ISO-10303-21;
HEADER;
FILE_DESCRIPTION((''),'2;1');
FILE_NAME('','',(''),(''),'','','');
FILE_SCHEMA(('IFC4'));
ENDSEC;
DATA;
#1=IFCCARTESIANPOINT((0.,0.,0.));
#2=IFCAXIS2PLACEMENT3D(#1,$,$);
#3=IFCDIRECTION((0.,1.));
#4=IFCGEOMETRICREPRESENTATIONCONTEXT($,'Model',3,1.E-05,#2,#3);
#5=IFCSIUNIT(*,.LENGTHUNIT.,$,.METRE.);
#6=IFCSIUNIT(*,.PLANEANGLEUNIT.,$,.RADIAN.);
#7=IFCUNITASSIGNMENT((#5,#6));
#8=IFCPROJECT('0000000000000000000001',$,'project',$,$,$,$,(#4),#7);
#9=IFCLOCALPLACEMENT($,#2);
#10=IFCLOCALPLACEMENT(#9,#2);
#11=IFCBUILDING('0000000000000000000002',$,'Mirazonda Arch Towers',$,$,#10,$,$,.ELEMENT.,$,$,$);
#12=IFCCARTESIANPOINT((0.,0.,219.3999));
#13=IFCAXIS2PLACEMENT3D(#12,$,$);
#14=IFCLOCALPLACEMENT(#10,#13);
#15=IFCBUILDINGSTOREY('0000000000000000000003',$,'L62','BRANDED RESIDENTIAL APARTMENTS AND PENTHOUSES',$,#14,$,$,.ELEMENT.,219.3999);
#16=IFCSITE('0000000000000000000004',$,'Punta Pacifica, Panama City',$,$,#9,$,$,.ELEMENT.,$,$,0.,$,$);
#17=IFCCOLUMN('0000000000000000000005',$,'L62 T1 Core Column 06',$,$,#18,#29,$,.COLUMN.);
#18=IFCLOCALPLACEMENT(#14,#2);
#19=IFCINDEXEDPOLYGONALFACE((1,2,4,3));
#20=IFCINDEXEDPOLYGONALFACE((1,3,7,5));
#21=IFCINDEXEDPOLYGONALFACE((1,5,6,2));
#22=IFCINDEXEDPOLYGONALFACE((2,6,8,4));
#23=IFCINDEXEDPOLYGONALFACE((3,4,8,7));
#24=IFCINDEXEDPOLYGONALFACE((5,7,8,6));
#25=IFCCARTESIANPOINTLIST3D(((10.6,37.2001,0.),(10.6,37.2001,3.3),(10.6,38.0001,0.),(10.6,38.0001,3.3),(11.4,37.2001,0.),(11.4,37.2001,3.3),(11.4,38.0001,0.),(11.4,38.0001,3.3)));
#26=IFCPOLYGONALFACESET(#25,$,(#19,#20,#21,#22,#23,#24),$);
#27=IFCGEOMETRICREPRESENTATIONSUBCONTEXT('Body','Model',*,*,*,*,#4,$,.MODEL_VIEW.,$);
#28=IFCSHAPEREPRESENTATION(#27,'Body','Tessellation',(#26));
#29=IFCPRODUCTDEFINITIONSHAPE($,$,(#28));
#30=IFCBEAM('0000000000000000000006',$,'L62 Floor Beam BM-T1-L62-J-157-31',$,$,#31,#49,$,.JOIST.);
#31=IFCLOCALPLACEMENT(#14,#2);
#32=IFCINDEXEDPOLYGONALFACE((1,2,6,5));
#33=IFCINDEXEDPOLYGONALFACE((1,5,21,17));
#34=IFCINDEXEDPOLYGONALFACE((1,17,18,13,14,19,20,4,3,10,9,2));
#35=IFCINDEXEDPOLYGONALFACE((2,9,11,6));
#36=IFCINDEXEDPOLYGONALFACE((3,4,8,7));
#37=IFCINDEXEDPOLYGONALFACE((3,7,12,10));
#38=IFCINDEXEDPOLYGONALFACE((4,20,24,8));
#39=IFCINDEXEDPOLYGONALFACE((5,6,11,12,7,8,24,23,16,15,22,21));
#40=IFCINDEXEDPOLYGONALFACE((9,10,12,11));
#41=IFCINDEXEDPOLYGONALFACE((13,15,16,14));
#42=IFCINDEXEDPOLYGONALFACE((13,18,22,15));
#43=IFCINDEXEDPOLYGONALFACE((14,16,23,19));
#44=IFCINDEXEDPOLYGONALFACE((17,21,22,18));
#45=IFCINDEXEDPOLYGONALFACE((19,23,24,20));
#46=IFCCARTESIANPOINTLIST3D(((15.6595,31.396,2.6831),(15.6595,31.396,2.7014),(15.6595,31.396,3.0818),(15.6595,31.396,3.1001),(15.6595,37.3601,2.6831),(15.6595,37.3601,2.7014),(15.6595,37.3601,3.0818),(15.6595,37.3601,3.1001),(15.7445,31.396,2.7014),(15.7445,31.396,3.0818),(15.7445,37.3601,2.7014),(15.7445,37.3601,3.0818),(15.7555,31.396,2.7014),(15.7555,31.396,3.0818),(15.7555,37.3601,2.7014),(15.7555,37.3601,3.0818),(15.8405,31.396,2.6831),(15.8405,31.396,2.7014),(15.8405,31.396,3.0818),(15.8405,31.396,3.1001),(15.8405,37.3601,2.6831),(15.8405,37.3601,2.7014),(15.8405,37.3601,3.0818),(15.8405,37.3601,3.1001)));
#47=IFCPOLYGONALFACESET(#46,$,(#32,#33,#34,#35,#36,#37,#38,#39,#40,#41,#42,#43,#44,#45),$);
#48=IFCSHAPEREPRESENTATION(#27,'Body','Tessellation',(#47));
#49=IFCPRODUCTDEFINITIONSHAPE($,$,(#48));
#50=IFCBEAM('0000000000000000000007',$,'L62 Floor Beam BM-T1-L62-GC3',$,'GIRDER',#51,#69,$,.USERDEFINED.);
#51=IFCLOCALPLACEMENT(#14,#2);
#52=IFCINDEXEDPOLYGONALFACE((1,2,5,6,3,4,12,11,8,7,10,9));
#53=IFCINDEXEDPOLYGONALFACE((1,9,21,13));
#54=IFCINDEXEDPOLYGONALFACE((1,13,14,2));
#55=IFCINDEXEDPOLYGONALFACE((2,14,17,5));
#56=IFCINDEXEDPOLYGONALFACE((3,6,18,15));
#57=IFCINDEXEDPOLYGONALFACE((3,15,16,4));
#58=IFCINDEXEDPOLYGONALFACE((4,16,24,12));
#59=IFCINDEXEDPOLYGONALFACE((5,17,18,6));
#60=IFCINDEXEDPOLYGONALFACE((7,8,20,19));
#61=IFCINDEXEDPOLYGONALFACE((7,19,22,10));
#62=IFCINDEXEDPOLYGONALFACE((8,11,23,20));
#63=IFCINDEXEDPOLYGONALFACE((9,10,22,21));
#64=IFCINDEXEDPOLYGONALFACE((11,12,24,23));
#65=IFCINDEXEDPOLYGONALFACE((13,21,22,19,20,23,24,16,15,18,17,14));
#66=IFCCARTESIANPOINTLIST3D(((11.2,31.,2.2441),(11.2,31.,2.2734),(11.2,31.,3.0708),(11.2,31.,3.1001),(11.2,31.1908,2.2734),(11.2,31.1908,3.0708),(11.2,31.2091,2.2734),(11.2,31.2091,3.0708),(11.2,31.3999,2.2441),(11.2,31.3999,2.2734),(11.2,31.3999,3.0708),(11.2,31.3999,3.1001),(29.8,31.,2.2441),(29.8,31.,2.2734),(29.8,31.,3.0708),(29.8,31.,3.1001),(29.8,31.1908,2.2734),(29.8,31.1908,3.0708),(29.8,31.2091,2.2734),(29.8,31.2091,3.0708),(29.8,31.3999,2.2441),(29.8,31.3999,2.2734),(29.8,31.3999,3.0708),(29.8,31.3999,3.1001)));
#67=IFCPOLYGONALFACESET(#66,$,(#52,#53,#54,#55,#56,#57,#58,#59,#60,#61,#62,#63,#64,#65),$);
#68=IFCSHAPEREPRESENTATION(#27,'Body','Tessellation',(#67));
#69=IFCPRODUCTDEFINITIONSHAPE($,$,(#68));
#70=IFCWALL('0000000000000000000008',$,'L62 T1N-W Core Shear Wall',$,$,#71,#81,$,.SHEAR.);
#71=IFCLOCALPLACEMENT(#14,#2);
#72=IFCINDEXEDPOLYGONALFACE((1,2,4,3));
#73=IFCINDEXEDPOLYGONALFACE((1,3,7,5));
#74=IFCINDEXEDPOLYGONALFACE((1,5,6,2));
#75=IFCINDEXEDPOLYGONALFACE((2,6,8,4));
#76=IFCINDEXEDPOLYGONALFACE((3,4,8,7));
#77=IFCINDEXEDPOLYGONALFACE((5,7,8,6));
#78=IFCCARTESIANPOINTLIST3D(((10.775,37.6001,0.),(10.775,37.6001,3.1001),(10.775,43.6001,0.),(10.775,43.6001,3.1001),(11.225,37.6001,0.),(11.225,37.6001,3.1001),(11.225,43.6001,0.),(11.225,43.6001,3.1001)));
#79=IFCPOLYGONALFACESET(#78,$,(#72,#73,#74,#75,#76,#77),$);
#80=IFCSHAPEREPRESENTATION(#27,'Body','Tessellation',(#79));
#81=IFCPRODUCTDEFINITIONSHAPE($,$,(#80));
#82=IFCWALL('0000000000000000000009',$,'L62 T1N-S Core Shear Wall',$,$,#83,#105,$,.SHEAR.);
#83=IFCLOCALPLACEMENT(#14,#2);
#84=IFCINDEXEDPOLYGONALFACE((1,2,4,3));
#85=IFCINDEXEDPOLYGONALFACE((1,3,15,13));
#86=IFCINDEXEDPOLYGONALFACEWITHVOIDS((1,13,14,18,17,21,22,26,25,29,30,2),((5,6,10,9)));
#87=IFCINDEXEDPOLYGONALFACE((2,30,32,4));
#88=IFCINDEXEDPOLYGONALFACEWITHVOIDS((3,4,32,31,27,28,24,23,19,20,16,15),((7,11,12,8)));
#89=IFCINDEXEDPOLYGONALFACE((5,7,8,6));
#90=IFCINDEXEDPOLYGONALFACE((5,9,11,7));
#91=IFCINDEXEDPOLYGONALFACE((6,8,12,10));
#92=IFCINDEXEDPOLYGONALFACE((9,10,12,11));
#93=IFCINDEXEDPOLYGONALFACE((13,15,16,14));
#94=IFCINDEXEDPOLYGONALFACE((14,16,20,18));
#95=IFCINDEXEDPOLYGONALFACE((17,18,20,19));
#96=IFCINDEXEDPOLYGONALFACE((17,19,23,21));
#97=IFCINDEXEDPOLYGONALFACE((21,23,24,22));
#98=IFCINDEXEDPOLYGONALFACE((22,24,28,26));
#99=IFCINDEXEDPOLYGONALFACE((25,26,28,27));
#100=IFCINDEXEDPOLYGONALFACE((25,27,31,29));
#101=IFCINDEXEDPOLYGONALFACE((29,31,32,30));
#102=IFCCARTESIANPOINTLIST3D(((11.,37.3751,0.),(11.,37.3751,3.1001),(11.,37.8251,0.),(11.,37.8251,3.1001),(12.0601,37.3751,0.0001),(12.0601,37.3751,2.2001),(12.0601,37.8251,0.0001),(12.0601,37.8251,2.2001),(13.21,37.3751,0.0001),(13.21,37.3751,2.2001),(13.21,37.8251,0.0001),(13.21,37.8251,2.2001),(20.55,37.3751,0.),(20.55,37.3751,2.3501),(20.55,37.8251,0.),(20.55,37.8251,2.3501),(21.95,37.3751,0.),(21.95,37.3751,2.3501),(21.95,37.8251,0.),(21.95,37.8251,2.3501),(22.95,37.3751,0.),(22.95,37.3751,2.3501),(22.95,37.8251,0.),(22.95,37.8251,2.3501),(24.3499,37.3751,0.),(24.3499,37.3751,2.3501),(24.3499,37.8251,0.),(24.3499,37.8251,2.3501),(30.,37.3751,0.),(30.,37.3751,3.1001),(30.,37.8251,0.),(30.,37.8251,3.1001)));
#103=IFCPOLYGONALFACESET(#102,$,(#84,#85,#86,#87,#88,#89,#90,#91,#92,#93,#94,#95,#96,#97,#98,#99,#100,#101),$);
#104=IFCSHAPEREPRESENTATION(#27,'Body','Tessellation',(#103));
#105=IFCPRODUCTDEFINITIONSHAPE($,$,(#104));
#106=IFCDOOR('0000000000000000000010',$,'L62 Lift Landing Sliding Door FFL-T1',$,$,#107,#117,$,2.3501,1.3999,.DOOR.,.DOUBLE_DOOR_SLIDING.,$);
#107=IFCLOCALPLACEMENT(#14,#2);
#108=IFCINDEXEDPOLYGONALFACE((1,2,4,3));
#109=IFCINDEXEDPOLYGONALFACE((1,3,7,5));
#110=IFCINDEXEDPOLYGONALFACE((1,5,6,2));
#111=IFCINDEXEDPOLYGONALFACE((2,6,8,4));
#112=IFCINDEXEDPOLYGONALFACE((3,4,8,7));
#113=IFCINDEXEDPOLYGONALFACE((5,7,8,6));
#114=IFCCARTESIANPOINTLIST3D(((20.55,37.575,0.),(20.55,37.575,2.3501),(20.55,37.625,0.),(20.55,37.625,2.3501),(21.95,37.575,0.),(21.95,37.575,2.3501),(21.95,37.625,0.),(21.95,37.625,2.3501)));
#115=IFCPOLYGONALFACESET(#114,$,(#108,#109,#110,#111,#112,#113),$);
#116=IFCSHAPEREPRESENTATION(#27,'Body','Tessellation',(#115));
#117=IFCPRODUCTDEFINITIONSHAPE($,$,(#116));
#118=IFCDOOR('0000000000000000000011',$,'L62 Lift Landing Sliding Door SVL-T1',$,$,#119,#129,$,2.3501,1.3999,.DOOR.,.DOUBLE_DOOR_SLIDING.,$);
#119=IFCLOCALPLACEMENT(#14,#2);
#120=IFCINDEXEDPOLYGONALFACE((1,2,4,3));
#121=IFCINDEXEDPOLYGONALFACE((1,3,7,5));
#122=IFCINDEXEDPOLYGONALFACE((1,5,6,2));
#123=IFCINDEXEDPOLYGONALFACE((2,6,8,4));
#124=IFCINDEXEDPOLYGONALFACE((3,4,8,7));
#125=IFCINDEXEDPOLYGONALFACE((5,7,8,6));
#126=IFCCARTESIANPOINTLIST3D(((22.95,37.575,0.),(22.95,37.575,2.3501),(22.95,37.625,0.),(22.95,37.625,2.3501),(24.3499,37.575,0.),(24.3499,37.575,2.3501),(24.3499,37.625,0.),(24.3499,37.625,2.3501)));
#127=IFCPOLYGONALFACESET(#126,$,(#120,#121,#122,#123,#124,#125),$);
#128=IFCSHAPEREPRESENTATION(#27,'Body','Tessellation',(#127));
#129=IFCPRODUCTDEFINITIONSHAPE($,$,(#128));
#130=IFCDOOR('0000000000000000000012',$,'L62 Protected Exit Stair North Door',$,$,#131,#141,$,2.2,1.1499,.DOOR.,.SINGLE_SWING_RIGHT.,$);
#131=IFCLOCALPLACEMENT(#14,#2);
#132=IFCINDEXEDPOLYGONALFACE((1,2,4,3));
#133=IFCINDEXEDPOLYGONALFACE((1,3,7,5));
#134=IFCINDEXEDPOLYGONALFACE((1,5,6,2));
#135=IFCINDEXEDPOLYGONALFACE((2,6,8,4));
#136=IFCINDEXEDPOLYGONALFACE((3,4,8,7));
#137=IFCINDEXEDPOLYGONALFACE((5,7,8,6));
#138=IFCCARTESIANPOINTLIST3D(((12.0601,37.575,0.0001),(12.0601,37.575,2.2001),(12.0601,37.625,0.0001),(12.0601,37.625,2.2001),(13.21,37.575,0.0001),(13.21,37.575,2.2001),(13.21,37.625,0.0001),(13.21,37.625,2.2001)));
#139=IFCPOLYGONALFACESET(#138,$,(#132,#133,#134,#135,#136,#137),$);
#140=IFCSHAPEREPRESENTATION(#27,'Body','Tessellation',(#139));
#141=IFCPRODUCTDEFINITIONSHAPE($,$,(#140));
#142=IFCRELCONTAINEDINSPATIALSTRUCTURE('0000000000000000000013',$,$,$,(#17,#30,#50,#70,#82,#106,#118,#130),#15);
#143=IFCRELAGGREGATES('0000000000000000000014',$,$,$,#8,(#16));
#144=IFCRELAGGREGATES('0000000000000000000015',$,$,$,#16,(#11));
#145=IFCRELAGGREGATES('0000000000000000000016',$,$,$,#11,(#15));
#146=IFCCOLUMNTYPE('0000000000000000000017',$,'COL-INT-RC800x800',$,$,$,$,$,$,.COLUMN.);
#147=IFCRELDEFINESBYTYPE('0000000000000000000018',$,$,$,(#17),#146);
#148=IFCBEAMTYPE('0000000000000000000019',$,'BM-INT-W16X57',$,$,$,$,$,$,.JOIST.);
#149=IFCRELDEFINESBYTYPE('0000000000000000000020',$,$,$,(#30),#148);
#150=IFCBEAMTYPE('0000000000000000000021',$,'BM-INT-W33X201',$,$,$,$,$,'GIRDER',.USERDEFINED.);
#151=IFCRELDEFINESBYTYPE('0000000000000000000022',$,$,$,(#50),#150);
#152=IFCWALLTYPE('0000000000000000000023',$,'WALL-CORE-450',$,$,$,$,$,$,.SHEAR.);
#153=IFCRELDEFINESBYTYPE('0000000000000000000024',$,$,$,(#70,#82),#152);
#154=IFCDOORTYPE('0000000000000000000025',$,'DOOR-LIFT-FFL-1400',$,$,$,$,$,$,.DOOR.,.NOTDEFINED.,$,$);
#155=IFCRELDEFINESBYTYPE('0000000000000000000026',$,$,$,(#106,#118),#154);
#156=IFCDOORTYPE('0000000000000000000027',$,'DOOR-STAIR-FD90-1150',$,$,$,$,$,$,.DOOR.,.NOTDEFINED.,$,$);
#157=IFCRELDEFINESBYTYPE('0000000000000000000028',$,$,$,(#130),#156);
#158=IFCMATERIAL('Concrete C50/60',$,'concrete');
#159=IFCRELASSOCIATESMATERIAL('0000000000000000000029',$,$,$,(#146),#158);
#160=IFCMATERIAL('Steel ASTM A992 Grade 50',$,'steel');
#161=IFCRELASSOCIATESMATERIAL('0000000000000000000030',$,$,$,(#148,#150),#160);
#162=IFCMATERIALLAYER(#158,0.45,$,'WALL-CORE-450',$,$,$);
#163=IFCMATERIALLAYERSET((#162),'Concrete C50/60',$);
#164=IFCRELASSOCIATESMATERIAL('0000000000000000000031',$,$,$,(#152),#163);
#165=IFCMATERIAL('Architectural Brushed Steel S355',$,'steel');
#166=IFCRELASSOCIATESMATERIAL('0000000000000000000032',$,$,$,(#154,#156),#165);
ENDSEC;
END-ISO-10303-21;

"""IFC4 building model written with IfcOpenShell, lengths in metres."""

from ifc_helpers import new_model, si_unit, direction, frame, frame_2d, origin, origin_2d, place, context, subcontext, project, spatial, rectangle, i_section, extrude, material, layer, layer_set, material_profile, profile_set, type_object, element, fill, save


model = new_model("IFC4")

# Units and contexts
model_context = context("Model", 3, precision=1e-05, world=origin(), true_north=direction((0.0, 1.0)))
body_context = subcontext(model_context, "Body", "Model", "MODEL_VIEW")
ifc_project = project(units=[si_unit("LENGTHUNIT", "METRE"), si_unit("PLANEANGLEUNIT", "RADIAN")], contexts=[model_context])

# Site, building, storey
site_placement = place(None, origin())
site = spatial("IfcSite", under=ifc_project, at=site_placement, Name="Punta Pacifica, Panama City", CompositionType="ELEMENT", RefElevation=0.0)
building_placement = place(site_placement, origin())
building = spatial("IfcBuilding", under=site, at=building_placement, Name="Mirazonda Arch Towers", CompositionType="ELEMENT")
storey_placement = place(building_placement, frame((0.0, 0.0, 219.3999)))
storey = spatial("IfcBuildingStorey", under=building, at=storey_placement, Name="L62", Description="BRANDED RESIDENTIAL APARTMENTS AND PENTHOUSES", CompositionType="ELEMENT", Elevation=219.3999)

# Column
ifc_material_1 = material(Name="Concrete C50/60", Category="concrete")
ifc_material_profile_1 = material_profile(ifc_material_1, rectangle(XDim=0.8, YDim=0.8, at=origin_2d()), Name="RC800x800")
ifc_profile_set_1 = profile_set([ifc_material_profile_1], Name="Concrete C50/60")
column_type = type_object("IfcColumnType", Name="COL-INT-RC800x800", PredefinedType="COLUMN", material=ifc_profile_set_1)
column_placement = place(storey_placement, frame((11.0, 37.6001, 0.0), z_axis=(0.0, 0.0, 1.0), x_axis=(1.0, 0.0, 0.0)))
element("IfcColumn", 1, at=column_placement, inside=storey, type_object=column_type, Name="L62 T1 Core Column 06", PredefinedType="COLUMN", context=body_context, shape_type="SweptSolid", body=[
    extrude(rectangle(XDim=0.8, YDim=0.8, at=origin_2d()), origin(), (0.0, 0.0, 1.0), 3.3),
])

# Beams
ifc_material_2 = material(Name="Steel ASTM A992 Grade 50", Category="steel")
ifc_material_profile_2 = material_profile(ifc_material_2, i_section(OverallWidth=0.1809, OverallDepth=0.417, WebThickness=0.011, FlangeThickness=0.0183, at=origin_2d()), Name="W16X57")
ifc_profile_set_2 = profile_set([ifc_material_profile_2], Name="Steel ASTM A992 Grade 50")
beam_type_1 = type_object("IfcBeamType", Name="BM-INT-W16X57", PredefinedType="JOIST", material=ifc_profile_set_2)
beam_1_placement = place(storey_placement, frame((15.75, 31.396, 2.8916), z_axis=(0.0, 1.0, 0.0), x_axis=(-1.0, 0.0, 0.0)))
element("IfcBeam", 2, at=beam_1_placement, inside=storey, type_object=beam_type_1, Name="L62 Floor Beam BM-T1-L62-J-157-31", PredefinedType="JOIST", context=body_context, shape_type="SweptSolid", body=[
    extrude(i_section(OverallWidth=0.1809, OverallDepth=0.417, WebThickness=0.011, FlangeThickness=0.0183, at=origin_2d()), origin(), (0.0, 0.0, 1.0), 5.9641),
])
ifc_material_profile_3 = material_profile(ifc_material_2, i_section(OverallWidth=0.3999, OverallDepth=0.856, WebThickness=0.0183, FlangeThickness=0.0293, at=origin_2d()), Name="W33X201")
ifc_profile_set_3 = profile_set([ifc_material_profile_3], Name="Steel ASTM A992 Grade 50")
beam_type_2 = type_object("IfcBeamType", Name="BM-INT-W33X201", ElementType="GIRDER", PredefinedType="USERDEFINED", material=ifc_profile_set_3)
beam_2_placement = place(storey_placement, frame((11.2, 31.2, 2.6721), z_axis=(1.0, 0.0, 0.0), x_axis=(0.0, 1.0, 0.0)))
element("IfcBeam", 3, at=beam_2_placement, inside=storey, type_object=beam_type_2, Name="L62 Floor Beam BM-T1-L62-GC3", ObjectType="GIRDER", PredefinedType="USERDEFINED", context=body_context, shape_type="SweptSolid", body=[
    extrude(i_section(OverallWidth=0.3999, OverallDepth=0.856, WebThickness=0.0183, FlangeThickness=0.0293, at=origin_2d()), origin(), (0.0, 0.0, 1.0), 18.6001),
])

# Wall
ifc_layer_1 = layer(ifc_material_1, 0.45, Name="WALL-CORE-450")
ifc_layer_set_1 = layer_set([ifc_layer_1], Name="Concrete C50/60")
wall_type_1 = type_object("IfcWallType", Name="WALL-CORE-450", PredefinedType="SHEAR", material=ifc_layer_set_1)
wall_1_placement = place(storey_placement, frame((11.0, 37.6001, 0.0), z_axis=(0.0, 0.0, 1.0), x_axis=(0.0, 1.0, 0.0)))
element("IfcWall", 4, at=wall_1_placement, inside=storey, type_object=wall_type_1, Name="L62 T1N-W Core Shear Wall", PredefinedType="SHEAR", context=body_context, shape_type="SweptSolid", body=[
    extrude(rectangle(XDim=6.0, YDim=0.45, at=frame_2d((3.0, 0.0))), origin(), (0.0, 0.0, 1.0), 3.1001),
])

# Wall, openings, doors
wall_2_placement = place(storey_placement, frame((11.0, 37.6001, 0.0), z_axis=(0.0, 0.0, 1.0), x_axis=(1.0, 0.0, 0.0)))
wall_2 = element("IfcWall", 5, at=wall_2_placement, inside=storey, type_object=wall_type_1, Name="L62 T1N-S Core Shear Wall", PredefinedType="SHEAR", context=body_context, shape_type="SweptSolid", body=[
    extrude(rectangle(XDim=19.0, YDim=0.45, at=frame_2d((9.5, 0.0))), origin(), (0.0, 0.0, 1.0), 3.1001),
])
opening_1_placement = place(wall_2_placement, frame((1.0601, 0.0, 0.0)))
opening_1 = element("IfcOpeningElement", 6, at=opening_1_placement, cuts=wall_2, PredefinedType="OPENING", context=body_context, shape_type="SweptSolid", body=[
    extrude(rectangle(XDim=1.1499, YDim=2.2, at=frame_2d((0.575, 1.1001))), frame((0.0, 0.2349, 0.0), z_axis=(0.0, -1.0, 0.0), x_axis=(1.0, 0.0, 0.0)), (0.0, 0.0, 1.0), 0.47),
])
opening_2_placement = place(wall_2_placement, frame((9.55, 0.0, 0.0)))
opening_2 = element("IfcOpeningElement", 7, at=opening_2_placement, cuts=wall_2, PredefinedType="OPENING", context=body_context, shape_type="SweptSolid", body=[
    extrude(rectangle(XDim=1.3999, YDim=2.3501, at=frame_2d((0.7, 1.175))), frame((0.0, 0.2349, 0.0), z_axis=(0.0, -1.0, 0.0), x_axis=(1.0, 0.0, 0.0)), (0.0, 0.0, 1.0), 0.47),
])
opening_3_placement = place(wall_2_placement, frame((11.95, 0.0, 0.0)))
opening_3 = element("IfcOpeningElement", 8, at=opening_3_placement, cuts=wall_2, PredefinedType="OPENING", context=body_context, shape_type="SweptSolid", body=[
    extrude(rectangle(XDim=1.3999, YDim=2.3501, at=frame_2d((0.7, 1.175))), frame((0.0, 0.2349, 0.0), z_axis=(0.0, -1.0, 0.0), x_axis=(1.0, 0.0, 0.0)), (0.0, 0.0, 1.0), 0.47),
])
ifc_material_3 = material(Name="Architectural Brushed Steel S355", Category="steel")
door_type_1 = type_object("IfcDoorType", Name="DOOR-LIFT-FFL-1400", OperationType="NOTDEFINED", PredefinedType="DOOR", material=ifc_material_3)
door_1_placement = place(opening_2_placement, origin())
door_1 = element("IfcDoor", 9, at=door_1_placement, inside=storey, type_object=door_type_1, Name="L62 Lift Landing Sliding Door FFL-T1", OperationType="DOUBLE_DOOR_SLIDING", OverallHeight=2.3501, OverallWidth=1.3999, PredefinedType="DOOR", context=body_context, shape_type="SweptSolid", body=[
    extrude(rectangle(XDim=1.3999, YDim=2.3501, at=frame_2d((0.7, 1.175))), frame((0.0, 0.0249, 0.0), z_axis=(0.0, -1.0, 0.0), x_axis=(1.0, 0.0, 0.0)), (0.0, 0.0, 1.0), 0.05),
])
fill(opening_2, door_1)
door_2_placement = place(opening_3_placement, origin())
door_2 = element("IfcDoor", 10, at=door_2_placement, inside=storey, type_object=door_type_1, Name="L62 Lift Landing Sliding Door SVL-T1", OperationType="DOUBLE_DOOR_SLIDING", OverallHeight=2.3501, OverallWidth=1.3999, PredefinedType="DOOR", context=body_context, shape_type="SweptSolid", body=[
    extrude(rectangle(XDim=1.3999, YDim=2.3501, at=frame_2d((0.7, 1.175))), frame((0.0, 0.0249, 0.0), z_axis=(0.0, -1.0, 0.0), x_axis=(1.0, 0.0, 0.0)), (0.0, 0.0, 1.0), 0.05),
])
fill(opening_3, door_2)
door_type_2 = type_object("IfcDoorType", Name="DOOR-STAIR-FD90-1150", OperationType="NOTDEFINED", PredefinedType="DOOR", material=ifc_material_3)
door_3_placement = place(opening_1_placement, origin())
door_3 = element("IfcDoor", 11, at=door_3_placement, inside=storey, type_object=door_type_2, Name="L62 Protected Exit Stair North Door", OperationType="SINGLE_SWING_RIGHT", OverallHeight=2.2, OverallWidth=1.1499, PredefinedType="DOOR", context=body_context, shape_type="SweptSolid", body=[
    extrude(rectangle(XDim=1.1499, YDim=2.2, at=frame_2d((0.575, 1.1001))), frame((0.0, 0.0249, 0.0), z_axis=(0.0, -1.0, 0.0), x_axis=(1.0, 0.0, 0.0)), (0.0, 0.0, 1.0), 0.05),
])
fill(opening_1, door_3)

save(model, "model.ifc")
